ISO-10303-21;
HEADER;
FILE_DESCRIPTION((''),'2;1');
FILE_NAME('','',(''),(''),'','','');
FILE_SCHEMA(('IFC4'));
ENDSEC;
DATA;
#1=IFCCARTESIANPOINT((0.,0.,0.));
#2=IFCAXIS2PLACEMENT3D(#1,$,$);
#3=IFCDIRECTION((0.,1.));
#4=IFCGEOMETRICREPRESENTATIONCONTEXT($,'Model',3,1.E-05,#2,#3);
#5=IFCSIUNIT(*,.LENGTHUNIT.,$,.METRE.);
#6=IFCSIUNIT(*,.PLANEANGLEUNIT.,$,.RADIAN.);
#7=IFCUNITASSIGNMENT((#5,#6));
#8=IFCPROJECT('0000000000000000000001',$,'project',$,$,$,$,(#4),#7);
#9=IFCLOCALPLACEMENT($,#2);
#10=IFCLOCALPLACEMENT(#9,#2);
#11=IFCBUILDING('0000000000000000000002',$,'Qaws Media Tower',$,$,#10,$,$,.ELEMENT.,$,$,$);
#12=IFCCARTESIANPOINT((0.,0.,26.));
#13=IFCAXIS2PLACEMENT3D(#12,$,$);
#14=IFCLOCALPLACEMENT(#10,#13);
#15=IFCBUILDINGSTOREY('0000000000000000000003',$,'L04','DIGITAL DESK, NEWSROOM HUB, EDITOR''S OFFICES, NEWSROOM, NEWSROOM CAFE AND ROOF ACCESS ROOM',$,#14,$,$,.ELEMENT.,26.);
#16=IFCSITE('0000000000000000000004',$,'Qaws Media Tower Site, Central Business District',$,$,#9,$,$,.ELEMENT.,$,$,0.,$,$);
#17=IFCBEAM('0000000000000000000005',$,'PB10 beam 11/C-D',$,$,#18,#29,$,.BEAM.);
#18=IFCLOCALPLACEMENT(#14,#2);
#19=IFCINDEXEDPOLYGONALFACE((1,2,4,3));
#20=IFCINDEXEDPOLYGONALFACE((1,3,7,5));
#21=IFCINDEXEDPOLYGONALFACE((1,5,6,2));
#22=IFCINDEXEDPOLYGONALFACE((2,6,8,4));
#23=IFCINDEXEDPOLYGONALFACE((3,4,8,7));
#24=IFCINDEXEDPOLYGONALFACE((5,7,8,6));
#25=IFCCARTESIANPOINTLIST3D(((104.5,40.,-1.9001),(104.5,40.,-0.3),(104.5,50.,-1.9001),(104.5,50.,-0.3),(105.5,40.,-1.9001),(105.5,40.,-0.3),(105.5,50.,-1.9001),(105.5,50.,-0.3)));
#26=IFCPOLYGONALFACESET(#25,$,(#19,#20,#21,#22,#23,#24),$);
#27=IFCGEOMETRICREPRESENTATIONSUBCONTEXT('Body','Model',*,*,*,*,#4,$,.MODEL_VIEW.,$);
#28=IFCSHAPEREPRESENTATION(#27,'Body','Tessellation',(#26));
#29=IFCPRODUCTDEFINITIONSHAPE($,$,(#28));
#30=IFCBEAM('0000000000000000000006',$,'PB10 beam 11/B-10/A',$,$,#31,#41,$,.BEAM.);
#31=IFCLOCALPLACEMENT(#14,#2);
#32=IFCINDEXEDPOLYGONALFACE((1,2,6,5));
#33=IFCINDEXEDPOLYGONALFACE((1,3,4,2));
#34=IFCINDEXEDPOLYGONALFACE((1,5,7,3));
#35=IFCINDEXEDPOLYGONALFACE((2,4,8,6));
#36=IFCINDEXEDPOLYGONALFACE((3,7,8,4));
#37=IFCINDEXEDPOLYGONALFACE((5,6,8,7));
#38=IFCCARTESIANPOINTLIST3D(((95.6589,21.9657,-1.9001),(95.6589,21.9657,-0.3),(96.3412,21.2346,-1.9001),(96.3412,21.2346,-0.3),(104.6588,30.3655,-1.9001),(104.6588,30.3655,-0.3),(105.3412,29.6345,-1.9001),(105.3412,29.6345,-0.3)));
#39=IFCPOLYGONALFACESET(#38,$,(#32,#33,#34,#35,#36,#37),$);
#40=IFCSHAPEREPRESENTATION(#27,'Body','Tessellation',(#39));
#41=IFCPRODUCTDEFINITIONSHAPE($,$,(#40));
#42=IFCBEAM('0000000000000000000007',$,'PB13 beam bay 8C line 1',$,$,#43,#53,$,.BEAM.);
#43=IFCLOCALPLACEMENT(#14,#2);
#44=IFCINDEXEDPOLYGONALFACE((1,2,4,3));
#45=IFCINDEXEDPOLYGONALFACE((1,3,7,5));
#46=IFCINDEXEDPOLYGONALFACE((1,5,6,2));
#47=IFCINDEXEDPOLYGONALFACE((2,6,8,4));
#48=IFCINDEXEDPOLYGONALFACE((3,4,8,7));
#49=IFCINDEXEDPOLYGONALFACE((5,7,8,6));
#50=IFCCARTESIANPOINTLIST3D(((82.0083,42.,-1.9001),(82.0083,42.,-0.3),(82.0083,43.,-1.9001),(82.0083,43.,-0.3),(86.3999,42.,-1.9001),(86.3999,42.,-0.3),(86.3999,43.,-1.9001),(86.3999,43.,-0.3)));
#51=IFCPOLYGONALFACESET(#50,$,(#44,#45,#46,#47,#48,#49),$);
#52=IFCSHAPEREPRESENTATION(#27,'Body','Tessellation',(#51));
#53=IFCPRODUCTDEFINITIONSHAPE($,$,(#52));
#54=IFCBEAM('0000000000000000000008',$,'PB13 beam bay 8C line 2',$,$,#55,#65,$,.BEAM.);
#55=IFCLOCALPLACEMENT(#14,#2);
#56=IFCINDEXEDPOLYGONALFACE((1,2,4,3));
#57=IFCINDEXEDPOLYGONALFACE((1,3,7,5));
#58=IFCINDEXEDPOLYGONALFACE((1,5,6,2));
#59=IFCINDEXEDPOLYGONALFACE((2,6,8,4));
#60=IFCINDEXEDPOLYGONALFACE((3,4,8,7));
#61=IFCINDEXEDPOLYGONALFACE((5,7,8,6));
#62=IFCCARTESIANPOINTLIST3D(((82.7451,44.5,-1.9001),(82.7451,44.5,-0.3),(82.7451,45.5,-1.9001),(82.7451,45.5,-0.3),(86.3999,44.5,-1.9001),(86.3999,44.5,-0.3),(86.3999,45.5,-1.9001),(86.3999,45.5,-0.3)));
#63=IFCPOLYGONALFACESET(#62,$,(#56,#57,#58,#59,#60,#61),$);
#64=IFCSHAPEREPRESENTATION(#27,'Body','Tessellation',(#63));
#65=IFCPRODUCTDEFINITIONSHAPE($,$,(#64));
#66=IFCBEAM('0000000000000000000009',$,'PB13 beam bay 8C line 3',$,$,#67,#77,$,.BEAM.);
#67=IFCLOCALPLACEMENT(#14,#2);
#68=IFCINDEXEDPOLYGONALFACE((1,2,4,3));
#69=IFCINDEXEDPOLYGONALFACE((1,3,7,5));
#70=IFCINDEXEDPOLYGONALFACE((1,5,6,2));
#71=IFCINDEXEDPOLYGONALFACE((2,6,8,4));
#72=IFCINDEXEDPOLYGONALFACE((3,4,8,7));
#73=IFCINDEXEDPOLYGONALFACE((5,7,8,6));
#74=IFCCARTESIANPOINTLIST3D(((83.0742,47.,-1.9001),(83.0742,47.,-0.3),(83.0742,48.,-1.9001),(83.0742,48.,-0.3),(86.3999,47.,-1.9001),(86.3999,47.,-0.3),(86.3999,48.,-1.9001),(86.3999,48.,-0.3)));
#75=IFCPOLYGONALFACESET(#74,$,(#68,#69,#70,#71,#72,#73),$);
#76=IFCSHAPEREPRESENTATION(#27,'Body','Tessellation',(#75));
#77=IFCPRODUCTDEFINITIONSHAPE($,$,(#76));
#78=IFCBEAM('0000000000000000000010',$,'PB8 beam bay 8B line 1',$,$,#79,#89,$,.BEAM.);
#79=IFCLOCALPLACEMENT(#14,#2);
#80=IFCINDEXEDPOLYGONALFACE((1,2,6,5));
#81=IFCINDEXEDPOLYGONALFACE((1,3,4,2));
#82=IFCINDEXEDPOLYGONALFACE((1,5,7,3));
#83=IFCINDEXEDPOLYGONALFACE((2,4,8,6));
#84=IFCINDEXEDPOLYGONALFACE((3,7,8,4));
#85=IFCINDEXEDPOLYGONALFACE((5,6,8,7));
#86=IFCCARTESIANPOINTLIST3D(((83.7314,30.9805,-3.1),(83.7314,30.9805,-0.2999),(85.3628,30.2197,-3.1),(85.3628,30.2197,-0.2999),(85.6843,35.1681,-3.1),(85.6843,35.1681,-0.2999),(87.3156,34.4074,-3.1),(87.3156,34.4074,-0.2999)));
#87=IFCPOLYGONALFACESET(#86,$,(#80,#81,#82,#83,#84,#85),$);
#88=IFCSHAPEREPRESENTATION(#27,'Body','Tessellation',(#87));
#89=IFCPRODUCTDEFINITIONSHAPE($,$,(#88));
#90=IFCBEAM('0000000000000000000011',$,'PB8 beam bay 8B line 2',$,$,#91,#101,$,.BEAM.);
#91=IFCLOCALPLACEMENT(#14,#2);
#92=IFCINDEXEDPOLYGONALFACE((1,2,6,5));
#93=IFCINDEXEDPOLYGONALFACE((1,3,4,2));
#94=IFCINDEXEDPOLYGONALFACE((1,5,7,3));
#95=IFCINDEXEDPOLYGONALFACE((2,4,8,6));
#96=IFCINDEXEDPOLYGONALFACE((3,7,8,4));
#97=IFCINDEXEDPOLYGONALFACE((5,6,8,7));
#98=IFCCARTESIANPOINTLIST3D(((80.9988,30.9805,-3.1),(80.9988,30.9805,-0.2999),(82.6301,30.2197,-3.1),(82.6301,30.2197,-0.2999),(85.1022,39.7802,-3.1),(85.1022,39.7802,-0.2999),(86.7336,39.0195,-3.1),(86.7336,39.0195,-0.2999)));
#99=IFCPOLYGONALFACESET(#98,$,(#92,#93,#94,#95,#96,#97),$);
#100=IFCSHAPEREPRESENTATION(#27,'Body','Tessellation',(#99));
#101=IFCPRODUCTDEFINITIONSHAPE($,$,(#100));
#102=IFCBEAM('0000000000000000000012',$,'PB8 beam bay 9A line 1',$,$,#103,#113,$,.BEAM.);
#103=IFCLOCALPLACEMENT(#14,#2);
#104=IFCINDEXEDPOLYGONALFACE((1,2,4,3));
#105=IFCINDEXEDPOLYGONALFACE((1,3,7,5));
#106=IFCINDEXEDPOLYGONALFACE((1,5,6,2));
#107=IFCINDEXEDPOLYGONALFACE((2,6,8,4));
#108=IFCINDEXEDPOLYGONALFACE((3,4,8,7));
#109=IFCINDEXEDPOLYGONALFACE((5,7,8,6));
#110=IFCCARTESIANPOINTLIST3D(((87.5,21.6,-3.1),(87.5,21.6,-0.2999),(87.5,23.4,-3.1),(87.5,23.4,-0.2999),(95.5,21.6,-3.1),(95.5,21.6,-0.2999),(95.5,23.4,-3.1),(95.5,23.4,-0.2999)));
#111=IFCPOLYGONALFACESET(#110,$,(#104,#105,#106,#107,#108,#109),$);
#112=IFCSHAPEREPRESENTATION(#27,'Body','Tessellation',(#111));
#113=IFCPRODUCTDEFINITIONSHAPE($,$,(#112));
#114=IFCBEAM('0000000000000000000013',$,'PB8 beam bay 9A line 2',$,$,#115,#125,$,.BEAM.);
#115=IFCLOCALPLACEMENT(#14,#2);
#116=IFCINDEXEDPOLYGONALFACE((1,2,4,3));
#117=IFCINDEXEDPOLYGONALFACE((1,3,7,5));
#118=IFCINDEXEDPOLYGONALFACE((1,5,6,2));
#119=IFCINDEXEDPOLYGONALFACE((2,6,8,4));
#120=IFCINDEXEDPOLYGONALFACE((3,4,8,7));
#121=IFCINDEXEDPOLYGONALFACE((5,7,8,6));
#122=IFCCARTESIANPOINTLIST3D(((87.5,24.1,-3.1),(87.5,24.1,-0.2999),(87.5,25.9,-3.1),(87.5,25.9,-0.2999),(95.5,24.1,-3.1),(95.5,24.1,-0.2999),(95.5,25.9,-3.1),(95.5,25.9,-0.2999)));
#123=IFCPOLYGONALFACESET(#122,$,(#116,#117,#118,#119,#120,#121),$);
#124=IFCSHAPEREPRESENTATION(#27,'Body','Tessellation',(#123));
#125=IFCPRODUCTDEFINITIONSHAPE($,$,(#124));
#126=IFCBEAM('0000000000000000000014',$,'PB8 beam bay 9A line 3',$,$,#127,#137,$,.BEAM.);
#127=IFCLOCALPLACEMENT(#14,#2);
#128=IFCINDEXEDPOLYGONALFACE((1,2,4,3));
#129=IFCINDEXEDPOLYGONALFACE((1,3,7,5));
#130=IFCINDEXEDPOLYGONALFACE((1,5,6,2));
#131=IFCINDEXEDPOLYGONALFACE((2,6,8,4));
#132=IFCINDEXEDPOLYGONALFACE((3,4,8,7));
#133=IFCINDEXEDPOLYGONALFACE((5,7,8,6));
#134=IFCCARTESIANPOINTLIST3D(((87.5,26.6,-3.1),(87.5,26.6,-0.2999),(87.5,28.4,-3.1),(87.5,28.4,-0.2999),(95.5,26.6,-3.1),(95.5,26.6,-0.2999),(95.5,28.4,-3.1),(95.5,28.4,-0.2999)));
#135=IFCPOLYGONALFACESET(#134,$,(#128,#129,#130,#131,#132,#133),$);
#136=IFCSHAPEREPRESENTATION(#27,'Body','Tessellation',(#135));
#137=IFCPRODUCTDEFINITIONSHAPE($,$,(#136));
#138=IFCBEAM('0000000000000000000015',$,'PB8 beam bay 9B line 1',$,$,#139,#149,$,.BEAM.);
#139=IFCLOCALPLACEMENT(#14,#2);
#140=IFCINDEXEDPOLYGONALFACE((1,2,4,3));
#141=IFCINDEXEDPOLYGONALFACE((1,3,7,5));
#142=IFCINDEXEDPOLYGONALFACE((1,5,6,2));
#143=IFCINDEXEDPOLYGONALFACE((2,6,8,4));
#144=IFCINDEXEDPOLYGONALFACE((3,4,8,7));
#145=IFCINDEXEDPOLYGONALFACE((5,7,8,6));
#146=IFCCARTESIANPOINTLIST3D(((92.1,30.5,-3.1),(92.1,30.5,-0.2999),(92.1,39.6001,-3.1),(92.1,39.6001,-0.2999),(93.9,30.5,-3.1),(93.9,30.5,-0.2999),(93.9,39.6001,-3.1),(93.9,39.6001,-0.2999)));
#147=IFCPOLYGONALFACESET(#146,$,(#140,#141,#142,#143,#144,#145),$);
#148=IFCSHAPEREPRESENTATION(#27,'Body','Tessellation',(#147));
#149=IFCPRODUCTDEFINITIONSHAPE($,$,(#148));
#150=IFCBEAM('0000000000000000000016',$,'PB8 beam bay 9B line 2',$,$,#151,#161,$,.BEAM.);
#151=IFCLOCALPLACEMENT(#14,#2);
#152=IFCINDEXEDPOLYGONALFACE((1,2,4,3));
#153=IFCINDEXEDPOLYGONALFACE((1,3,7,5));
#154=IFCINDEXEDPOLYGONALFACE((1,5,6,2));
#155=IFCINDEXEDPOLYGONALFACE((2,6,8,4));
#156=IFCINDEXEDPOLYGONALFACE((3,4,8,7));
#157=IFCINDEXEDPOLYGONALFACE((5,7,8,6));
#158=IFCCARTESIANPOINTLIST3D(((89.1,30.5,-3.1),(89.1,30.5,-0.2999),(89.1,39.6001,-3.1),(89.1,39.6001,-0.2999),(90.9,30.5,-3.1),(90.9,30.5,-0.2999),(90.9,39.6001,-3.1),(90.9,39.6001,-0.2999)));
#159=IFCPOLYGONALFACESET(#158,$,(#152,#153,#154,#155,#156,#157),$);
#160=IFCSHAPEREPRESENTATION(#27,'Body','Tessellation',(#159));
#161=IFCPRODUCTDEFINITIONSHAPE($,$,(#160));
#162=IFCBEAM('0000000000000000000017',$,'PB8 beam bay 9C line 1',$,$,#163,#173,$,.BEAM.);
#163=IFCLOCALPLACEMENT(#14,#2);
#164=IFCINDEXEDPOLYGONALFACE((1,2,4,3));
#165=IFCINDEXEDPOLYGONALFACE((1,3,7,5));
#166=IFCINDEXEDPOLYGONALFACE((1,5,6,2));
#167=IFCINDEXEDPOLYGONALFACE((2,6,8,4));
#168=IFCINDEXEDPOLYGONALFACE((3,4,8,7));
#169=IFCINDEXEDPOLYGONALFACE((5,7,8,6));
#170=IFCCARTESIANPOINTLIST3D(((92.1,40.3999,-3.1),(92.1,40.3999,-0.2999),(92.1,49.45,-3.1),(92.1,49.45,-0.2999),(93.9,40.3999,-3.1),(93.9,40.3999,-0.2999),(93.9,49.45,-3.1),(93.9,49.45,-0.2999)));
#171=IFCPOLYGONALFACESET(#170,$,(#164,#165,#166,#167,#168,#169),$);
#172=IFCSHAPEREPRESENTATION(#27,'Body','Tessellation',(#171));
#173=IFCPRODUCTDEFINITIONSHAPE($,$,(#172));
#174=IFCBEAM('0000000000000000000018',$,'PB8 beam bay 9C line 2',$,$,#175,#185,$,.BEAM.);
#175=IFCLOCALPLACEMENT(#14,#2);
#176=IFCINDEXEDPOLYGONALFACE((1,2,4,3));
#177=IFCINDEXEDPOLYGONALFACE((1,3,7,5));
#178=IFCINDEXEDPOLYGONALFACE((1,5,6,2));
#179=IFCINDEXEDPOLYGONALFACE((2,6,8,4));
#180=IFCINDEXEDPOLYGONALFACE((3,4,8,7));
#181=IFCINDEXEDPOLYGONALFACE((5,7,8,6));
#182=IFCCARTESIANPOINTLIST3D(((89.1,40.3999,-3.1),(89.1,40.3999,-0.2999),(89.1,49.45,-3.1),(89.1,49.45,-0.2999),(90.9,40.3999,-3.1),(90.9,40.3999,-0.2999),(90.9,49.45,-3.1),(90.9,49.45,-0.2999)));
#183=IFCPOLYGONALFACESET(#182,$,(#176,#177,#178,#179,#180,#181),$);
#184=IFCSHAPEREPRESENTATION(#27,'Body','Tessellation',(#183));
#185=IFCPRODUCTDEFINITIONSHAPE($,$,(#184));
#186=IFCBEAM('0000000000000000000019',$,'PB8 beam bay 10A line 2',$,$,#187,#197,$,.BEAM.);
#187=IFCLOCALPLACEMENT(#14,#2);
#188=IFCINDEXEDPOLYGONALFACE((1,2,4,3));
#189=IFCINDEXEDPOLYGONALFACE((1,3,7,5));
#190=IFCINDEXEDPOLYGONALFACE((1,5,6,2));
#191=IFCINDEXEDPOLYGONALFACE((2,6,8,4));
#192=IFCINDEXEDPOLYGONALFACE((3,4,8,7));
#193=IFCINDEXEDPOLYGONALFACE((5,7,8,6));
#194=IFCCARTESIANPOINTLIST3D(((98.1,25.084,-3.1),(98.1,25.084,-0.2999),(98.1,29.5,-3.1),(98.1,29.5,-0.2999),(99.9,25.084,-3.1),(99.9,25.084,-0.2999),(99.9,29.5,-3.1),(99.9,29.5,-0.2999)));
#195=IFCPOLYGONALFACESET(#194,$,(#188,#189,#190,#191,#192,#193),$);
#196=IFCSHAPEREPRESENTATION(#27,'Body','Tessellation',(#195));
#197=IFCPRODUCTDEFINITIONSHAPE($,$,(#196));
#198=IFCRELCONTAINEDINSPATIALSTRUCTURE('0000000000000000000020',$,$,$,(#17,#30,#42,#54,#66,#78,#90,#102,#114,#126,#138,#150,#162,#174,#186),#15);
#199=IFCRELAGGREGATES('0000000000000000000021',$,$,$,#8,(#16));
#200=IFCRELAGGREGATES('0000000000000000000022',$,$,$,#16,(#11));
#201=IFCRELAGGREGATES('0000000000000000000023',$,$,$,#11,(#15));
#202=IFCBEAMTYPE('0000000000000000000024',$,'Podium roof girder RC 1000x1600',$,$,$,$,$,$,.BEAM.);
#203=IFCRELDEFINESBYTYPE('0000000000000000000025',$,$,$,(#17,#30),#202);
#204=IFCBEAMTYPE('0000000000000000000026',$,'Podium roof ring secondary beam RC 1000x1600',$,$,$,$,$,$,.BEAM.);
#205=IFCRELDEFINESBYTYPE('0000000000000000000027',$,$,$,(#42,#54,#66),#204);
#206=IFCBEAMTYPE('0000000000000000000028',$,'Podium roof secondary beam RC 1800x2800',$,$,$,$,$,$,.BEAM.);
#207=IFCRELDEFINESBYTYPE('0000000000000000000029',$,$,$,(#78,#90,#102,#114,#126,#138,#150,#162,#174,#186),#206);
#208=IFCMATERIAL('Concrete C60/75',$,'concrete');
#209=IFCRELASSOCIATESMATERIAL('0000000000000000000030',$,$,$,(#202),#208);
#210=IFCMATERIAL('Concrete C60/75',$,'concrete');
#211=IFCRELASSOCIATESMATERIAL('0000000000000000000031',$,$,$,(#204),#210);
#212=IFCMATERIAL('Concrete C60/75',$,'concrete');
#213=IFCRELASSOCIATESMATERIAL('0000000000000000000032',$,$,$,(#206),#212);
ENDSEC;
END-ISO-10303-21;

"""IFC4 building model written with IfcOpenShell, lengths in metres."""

from ifc_helpers import new_model, si_unit, direction, frame, origin, origin_2d, place, context, subcontext, project, spatial, rectangle, extrude, material, material_profile, profile_set, type_object, element, save


model = new_model("IFC4")

# Units and contexts
model_context = context("Model", 3, precision=1e-05, world=origin(), true_north=direction((0.0, 1.0)))
body_context = subcontext(model_context, "Body", "Model", "MODEL_VIEW")
ifc_project = project(units=[si_unit("LENGTHUNIT", "METRE"), si_unit("PLANEANGLEUNIT", "RADIAN")], contexts=[model_context])

# Site, building, storey
site_placement = place(None, origin())
site = spatial("IfcSite", under=ifc_project, at=site_placement, Name="Qaws Media Tower Site, Central Business District", CompositionType="ELEMENT", RefElevation=0.0)
building_placement = place(site_placement, origin())
building = spatial("IfcBuilding", under=site, at=building_placement, Name="Qaws Media Tower", CompositionType="ELEMENT")
storey_placement = place(building_placement, frame((0.0, 0.0, 26.0)))
storey = spatial("IfcBuildingStorey", under=building, at=storey_placement, Name="L04", Description="DIGITAL DESK, NEWSROOM HUB, EDITOR'S OFFICES, NEWSROOM, NEWSROOM CAFE AND ROOF ACCESS ROOM", CompositionType="ELEMENT", Elevation=26.0)

# Beams
ifc_material_1 = material(Name="Concrete C60/75", Category="concrete")
ifc_material_profile_1 = material_profile(ifc_material_1, rectangle(XDim=1.0, YDim=1.6001, at=origin_2d()), Name="RC 1000x1600")
ifc_profile_set_1 = profile_set([ifc_material_profile_1], Name="Concrete C60/75")
beam_type_1 = type_object("IfcBeamType", Name="Podium roof girder RC 1000x1600", PredefinedType="BEAM", material=ifc_profile_set_1)
for number, where, z_axis, x_axis, name in (
    (1, (105.0, 40.0, -1.1001), (0.0, 1.0, 0.0), (-1.0, 0.0, 0.0), "PB10 beam 11/C-D"),
):
    element("IfcBeam", number, at=place(storey_placement, frame(where, z_axis=z_axis, x_axis=x_axis)), inside=storey, type_object=beam_type_1, Name=name, PredefinedType="BEAM", context=body_context, shape_type="SweptSolid", body=[
        extrude(rectangle(XDim=1.0, YDim=1.6001, at=origin_2d()), origin(), (0.0, 0.0, 1.0), 10.0),
    ])
beam_1_placement = place(storey_placement, frame((105.0, 30.0, -1.1001), z_axis=(-0.731059, -0.682314, 0.0), x_axis=(0.682314, -0.731059, 0.0)))
element("IfcBeam", 2, at=beam_1_placement, inside=storey, type_object=beam_type_1, Name="PB10 beam 11/B-10/A", PredefinedType="BEAM", context=body_context, shape_type="SweptSolid", body=[
    extrude(rectangle(XDim=1.0, YDim=1.6001, at=origin_2d()), origin(), (0.0, 0.0, 1.0), 12.3108),
])
ifc_material_2 = material(Name="Concrete C60/75", Category="concrete")
ifc_material_profile_2 = material_profile(ifc_material_2, rectangle(XDim=1.0, YDim=1.6001, at=origin_2d()), Name="RC 1000x1600")
ifc_profile_set_2 = profile_set([ifc_material_profile_2], Name="Concrete C60/75")
beam_type_2 = type_object("IfcBeamType", Name="Podium roof ring secondary beam RC 1000x1600", PredefinedType="BEAM", material=ifc_profile_set_2)
beam_2_placement = place(storey_placement, frame((82.0083, 42.5, -1.1001), z_axis=(1.0, 0.0, 0.0), x_axis=(0.0, 1.0, 0.0)))
element("IfcBeam", 3, at=beam_2_placement, inside=storey, type_object=beam_type_2, Name="PB13 beam bay 8C line 1", PredefinedType="BEAM", context=body_context, shape_type="SweptSolid", body=[
    extrude(rectangle(XDim=1.0, YDim=1.6001, at=origin_2d()), origin(), (0.0, 0.0, 1.0), 4.3916),
])
beam_3_placement = place(storey_placement, frame((82.7451, 45.0, -1.1001), z_axis=(1.0, 0.0, 0.0), x_axis=(0.0, 1.0, 0.0)))
element("IfcBeam", 4, at=beam_3_placement, inside=storey, type_object=beam_type_2, Name="PB13 beam bay 8C line 2", PredefinedType="BEAM", context=body_context, shape_type="SweptSolid", body=[
    extrude(rectangle(XDim=1.0, YDim=1.6001, at=origin_2d()), origin(), (0.0, 0.0, 1.0), 3.6548),
])
beam_4_placement = place(storey_placement, frame((83.0742, 47.5, -1.1001), z_axis=(1.0, 0.0, 0.0), x_axis=(0.0, 1.0, 0.0)))
element("IfcBeam", 5, at=beam_4_placement, inside=storey, type_object=beam_type_2, Name="PB13 beam bay 8C line 3", PredefinedType="BEAM", context=body_context, shape_type="SweptSolid", body=[
    extrude(rectangle(XDim=1.0, YDim=1.6001, at=origin_2d()), origin(), (0.0, 0.0, 1.0), 3.3257),
])
ifc_material_3 = material(Name="Concrete C60/75", Category="concrete")
ifc_material_profile_3 = material_profile(ifc_material_3, rectangle(XDim=1.8, YDim=2.8, at=origin_2d()), Name="RC 1800x2800")
ifc_profile_set_3 = profile_set([ifc_material_profile_3], Name="Concrete C60/75")
beam_type_3 = type_object("IfcBeamType", Name="Podium roof secondary beam RC 1800x2800", PredefinedType="BEAM", material=ifc_profile_set_3)
beam_5_placement = place(storey_placement, frame((84.5471, 30.6001, -1.7), z_axis=(0.422637, 0.906299, 0.0), x_axis=(-0.906299, 0.422637, 0.0)))
element("IfcBeam", 6, at=beam_5_placement, inside=storey, type_object=beam_type_3, Name="PB8 beam bay 8B line 1", PredefinedType="BEAM", context=body_context, shape_type="SweptSolid", body=[
    extrude(rectangle(XDim=1.8, YDim=2.8, at=origin_2d()), origin(), (0.0, 0.0, 1.0), 4.6206),
])
beam_6_placement = place(storey_placement, frame((81.8145, 30.6001, -1.7), z_axis=(0.422627, 0.906304, 0.0), x_axis=(-0.906304, 0.422627, 0.0)))
element("IfcBeam", 7, at=beam_6_placement, inside=storey, type_object=beam_type_3, Name="PB8 beam bay 8B line 2", PredefinedType="BEAM", context=body_context, shape_type="SweptSolid", body=[
    extrude(rectangle(XDim=1.8, YDim=2.8, at=origin_2d()), origin(), (0.0, 0.0, 1.0), 9.7095),
])
for number, where, z_axis, x_axis, name in (
    (8, (87.5, 22.5, -1.7), (1.0, 0.0, 0.0), (0.0, 1.0, 0.0), "PB8 beam bay 9A line 1"),
    (9, (87.5, 25.0, -1.7), (1.0, 0.0, 0.0), (0.0, 1.0, 0.0), "PB8 beam bay 9A line 2"),
    (10, (87.5, 27.5, -1.7), (1.0, 0.0, 0.0), (0.0, 1.0, 0.0), "PB8 beam bay 9A line 3"),
):
    element("IfcBeam", number, at=place(storey_placement, frame(where, z_axis=z_axis, x_axis=x_axis)), inside=storey, type_object=beam_type_3, Name=name, PredefinedType="BEAM", context=body_context, shape_type="SweptSolid", body=[
        extrude(rectangle(XDim=1.8, YDim=2.8, at=origin_2d()), origin(), (0.0, 0.0, 1.0), 8.0),
    ])
for number, where, z_axis, x_axis, name in (
    (11, (93.0, 30.5, -1.7), (0.0, 1.0, 0.0), (-1.0, 0.0, 0.0), "PB8 beam bay 9B line 1"),
    (12, (90.0, 30.5, -1.7), (0.0, 1.0, 0.0), (-1.0, 0.0, 0.0), "PB8 beam bay 9B line 2"),
):
    element("IfcBeam", number, at=place(storey_placement, frame(where, z_axis=z_axis, x_axis=x_axis)), inside=storey, type_object=beam_type_3, Name=name, PredefinedType="BEAM", context=body_context, shape_type="SweptSolid", body=[
        extrude(rectangle(XDim=1.8, YDim=2.8, at=origin_2d()), origin(), (0.0, 0.0, 1.0), 9.1001),
    ])
for number, where, z_axis, x_axis, name in (
    (13, (93.0, 40.3999, -1.7), (0.0, 1.0, 0.0), (-1.0, 0.0, 0.0), "PB8 beam bay 9C line 1"),
    (14, (90.0, 40.3999, -1.7), (0.0, 1.0, 0.0), (-1.0, 0.0, 0.0), "PB8 beam bay 9C line 2"),
):
    element("IfcBeam", number, at=place(storey_placement, frame(where, z_axis=z_axis, x_axis=x_axis)), inside=storey, type_object=beam_type_3, Name=name, PredefinedType="BEAM", context=body_context, shape_type="SweptSolid", body=[
        extrude(rectangle(XDim=1.8, YDim=2.8, at=origin_2d()), origin(), (0.0, 0.0, 1.0), 9.05),
    ])
beam_7_placement = place(storey_placement, frame((99.0, 25.084, -1.7), z_axis=(0.0, 1.0, 0.0), x_axis=(-1.0, 0.0, 0.0)))
element("IfcBeam", 15, at=beam_7_placement, inside=storey, type_object=beam_type_3, Name="PB8 beam bay 10A line 2", PredefinedType="BEAM", context=body_context, shape_type="SweptSolid", body=[
    extrude(rectangle(XDim=1.8, YDim=2.8, at=origin_2d()), origin(), (0.0, 0.0, 1.0), 4.416),
])

save(model, "model.ifc")
